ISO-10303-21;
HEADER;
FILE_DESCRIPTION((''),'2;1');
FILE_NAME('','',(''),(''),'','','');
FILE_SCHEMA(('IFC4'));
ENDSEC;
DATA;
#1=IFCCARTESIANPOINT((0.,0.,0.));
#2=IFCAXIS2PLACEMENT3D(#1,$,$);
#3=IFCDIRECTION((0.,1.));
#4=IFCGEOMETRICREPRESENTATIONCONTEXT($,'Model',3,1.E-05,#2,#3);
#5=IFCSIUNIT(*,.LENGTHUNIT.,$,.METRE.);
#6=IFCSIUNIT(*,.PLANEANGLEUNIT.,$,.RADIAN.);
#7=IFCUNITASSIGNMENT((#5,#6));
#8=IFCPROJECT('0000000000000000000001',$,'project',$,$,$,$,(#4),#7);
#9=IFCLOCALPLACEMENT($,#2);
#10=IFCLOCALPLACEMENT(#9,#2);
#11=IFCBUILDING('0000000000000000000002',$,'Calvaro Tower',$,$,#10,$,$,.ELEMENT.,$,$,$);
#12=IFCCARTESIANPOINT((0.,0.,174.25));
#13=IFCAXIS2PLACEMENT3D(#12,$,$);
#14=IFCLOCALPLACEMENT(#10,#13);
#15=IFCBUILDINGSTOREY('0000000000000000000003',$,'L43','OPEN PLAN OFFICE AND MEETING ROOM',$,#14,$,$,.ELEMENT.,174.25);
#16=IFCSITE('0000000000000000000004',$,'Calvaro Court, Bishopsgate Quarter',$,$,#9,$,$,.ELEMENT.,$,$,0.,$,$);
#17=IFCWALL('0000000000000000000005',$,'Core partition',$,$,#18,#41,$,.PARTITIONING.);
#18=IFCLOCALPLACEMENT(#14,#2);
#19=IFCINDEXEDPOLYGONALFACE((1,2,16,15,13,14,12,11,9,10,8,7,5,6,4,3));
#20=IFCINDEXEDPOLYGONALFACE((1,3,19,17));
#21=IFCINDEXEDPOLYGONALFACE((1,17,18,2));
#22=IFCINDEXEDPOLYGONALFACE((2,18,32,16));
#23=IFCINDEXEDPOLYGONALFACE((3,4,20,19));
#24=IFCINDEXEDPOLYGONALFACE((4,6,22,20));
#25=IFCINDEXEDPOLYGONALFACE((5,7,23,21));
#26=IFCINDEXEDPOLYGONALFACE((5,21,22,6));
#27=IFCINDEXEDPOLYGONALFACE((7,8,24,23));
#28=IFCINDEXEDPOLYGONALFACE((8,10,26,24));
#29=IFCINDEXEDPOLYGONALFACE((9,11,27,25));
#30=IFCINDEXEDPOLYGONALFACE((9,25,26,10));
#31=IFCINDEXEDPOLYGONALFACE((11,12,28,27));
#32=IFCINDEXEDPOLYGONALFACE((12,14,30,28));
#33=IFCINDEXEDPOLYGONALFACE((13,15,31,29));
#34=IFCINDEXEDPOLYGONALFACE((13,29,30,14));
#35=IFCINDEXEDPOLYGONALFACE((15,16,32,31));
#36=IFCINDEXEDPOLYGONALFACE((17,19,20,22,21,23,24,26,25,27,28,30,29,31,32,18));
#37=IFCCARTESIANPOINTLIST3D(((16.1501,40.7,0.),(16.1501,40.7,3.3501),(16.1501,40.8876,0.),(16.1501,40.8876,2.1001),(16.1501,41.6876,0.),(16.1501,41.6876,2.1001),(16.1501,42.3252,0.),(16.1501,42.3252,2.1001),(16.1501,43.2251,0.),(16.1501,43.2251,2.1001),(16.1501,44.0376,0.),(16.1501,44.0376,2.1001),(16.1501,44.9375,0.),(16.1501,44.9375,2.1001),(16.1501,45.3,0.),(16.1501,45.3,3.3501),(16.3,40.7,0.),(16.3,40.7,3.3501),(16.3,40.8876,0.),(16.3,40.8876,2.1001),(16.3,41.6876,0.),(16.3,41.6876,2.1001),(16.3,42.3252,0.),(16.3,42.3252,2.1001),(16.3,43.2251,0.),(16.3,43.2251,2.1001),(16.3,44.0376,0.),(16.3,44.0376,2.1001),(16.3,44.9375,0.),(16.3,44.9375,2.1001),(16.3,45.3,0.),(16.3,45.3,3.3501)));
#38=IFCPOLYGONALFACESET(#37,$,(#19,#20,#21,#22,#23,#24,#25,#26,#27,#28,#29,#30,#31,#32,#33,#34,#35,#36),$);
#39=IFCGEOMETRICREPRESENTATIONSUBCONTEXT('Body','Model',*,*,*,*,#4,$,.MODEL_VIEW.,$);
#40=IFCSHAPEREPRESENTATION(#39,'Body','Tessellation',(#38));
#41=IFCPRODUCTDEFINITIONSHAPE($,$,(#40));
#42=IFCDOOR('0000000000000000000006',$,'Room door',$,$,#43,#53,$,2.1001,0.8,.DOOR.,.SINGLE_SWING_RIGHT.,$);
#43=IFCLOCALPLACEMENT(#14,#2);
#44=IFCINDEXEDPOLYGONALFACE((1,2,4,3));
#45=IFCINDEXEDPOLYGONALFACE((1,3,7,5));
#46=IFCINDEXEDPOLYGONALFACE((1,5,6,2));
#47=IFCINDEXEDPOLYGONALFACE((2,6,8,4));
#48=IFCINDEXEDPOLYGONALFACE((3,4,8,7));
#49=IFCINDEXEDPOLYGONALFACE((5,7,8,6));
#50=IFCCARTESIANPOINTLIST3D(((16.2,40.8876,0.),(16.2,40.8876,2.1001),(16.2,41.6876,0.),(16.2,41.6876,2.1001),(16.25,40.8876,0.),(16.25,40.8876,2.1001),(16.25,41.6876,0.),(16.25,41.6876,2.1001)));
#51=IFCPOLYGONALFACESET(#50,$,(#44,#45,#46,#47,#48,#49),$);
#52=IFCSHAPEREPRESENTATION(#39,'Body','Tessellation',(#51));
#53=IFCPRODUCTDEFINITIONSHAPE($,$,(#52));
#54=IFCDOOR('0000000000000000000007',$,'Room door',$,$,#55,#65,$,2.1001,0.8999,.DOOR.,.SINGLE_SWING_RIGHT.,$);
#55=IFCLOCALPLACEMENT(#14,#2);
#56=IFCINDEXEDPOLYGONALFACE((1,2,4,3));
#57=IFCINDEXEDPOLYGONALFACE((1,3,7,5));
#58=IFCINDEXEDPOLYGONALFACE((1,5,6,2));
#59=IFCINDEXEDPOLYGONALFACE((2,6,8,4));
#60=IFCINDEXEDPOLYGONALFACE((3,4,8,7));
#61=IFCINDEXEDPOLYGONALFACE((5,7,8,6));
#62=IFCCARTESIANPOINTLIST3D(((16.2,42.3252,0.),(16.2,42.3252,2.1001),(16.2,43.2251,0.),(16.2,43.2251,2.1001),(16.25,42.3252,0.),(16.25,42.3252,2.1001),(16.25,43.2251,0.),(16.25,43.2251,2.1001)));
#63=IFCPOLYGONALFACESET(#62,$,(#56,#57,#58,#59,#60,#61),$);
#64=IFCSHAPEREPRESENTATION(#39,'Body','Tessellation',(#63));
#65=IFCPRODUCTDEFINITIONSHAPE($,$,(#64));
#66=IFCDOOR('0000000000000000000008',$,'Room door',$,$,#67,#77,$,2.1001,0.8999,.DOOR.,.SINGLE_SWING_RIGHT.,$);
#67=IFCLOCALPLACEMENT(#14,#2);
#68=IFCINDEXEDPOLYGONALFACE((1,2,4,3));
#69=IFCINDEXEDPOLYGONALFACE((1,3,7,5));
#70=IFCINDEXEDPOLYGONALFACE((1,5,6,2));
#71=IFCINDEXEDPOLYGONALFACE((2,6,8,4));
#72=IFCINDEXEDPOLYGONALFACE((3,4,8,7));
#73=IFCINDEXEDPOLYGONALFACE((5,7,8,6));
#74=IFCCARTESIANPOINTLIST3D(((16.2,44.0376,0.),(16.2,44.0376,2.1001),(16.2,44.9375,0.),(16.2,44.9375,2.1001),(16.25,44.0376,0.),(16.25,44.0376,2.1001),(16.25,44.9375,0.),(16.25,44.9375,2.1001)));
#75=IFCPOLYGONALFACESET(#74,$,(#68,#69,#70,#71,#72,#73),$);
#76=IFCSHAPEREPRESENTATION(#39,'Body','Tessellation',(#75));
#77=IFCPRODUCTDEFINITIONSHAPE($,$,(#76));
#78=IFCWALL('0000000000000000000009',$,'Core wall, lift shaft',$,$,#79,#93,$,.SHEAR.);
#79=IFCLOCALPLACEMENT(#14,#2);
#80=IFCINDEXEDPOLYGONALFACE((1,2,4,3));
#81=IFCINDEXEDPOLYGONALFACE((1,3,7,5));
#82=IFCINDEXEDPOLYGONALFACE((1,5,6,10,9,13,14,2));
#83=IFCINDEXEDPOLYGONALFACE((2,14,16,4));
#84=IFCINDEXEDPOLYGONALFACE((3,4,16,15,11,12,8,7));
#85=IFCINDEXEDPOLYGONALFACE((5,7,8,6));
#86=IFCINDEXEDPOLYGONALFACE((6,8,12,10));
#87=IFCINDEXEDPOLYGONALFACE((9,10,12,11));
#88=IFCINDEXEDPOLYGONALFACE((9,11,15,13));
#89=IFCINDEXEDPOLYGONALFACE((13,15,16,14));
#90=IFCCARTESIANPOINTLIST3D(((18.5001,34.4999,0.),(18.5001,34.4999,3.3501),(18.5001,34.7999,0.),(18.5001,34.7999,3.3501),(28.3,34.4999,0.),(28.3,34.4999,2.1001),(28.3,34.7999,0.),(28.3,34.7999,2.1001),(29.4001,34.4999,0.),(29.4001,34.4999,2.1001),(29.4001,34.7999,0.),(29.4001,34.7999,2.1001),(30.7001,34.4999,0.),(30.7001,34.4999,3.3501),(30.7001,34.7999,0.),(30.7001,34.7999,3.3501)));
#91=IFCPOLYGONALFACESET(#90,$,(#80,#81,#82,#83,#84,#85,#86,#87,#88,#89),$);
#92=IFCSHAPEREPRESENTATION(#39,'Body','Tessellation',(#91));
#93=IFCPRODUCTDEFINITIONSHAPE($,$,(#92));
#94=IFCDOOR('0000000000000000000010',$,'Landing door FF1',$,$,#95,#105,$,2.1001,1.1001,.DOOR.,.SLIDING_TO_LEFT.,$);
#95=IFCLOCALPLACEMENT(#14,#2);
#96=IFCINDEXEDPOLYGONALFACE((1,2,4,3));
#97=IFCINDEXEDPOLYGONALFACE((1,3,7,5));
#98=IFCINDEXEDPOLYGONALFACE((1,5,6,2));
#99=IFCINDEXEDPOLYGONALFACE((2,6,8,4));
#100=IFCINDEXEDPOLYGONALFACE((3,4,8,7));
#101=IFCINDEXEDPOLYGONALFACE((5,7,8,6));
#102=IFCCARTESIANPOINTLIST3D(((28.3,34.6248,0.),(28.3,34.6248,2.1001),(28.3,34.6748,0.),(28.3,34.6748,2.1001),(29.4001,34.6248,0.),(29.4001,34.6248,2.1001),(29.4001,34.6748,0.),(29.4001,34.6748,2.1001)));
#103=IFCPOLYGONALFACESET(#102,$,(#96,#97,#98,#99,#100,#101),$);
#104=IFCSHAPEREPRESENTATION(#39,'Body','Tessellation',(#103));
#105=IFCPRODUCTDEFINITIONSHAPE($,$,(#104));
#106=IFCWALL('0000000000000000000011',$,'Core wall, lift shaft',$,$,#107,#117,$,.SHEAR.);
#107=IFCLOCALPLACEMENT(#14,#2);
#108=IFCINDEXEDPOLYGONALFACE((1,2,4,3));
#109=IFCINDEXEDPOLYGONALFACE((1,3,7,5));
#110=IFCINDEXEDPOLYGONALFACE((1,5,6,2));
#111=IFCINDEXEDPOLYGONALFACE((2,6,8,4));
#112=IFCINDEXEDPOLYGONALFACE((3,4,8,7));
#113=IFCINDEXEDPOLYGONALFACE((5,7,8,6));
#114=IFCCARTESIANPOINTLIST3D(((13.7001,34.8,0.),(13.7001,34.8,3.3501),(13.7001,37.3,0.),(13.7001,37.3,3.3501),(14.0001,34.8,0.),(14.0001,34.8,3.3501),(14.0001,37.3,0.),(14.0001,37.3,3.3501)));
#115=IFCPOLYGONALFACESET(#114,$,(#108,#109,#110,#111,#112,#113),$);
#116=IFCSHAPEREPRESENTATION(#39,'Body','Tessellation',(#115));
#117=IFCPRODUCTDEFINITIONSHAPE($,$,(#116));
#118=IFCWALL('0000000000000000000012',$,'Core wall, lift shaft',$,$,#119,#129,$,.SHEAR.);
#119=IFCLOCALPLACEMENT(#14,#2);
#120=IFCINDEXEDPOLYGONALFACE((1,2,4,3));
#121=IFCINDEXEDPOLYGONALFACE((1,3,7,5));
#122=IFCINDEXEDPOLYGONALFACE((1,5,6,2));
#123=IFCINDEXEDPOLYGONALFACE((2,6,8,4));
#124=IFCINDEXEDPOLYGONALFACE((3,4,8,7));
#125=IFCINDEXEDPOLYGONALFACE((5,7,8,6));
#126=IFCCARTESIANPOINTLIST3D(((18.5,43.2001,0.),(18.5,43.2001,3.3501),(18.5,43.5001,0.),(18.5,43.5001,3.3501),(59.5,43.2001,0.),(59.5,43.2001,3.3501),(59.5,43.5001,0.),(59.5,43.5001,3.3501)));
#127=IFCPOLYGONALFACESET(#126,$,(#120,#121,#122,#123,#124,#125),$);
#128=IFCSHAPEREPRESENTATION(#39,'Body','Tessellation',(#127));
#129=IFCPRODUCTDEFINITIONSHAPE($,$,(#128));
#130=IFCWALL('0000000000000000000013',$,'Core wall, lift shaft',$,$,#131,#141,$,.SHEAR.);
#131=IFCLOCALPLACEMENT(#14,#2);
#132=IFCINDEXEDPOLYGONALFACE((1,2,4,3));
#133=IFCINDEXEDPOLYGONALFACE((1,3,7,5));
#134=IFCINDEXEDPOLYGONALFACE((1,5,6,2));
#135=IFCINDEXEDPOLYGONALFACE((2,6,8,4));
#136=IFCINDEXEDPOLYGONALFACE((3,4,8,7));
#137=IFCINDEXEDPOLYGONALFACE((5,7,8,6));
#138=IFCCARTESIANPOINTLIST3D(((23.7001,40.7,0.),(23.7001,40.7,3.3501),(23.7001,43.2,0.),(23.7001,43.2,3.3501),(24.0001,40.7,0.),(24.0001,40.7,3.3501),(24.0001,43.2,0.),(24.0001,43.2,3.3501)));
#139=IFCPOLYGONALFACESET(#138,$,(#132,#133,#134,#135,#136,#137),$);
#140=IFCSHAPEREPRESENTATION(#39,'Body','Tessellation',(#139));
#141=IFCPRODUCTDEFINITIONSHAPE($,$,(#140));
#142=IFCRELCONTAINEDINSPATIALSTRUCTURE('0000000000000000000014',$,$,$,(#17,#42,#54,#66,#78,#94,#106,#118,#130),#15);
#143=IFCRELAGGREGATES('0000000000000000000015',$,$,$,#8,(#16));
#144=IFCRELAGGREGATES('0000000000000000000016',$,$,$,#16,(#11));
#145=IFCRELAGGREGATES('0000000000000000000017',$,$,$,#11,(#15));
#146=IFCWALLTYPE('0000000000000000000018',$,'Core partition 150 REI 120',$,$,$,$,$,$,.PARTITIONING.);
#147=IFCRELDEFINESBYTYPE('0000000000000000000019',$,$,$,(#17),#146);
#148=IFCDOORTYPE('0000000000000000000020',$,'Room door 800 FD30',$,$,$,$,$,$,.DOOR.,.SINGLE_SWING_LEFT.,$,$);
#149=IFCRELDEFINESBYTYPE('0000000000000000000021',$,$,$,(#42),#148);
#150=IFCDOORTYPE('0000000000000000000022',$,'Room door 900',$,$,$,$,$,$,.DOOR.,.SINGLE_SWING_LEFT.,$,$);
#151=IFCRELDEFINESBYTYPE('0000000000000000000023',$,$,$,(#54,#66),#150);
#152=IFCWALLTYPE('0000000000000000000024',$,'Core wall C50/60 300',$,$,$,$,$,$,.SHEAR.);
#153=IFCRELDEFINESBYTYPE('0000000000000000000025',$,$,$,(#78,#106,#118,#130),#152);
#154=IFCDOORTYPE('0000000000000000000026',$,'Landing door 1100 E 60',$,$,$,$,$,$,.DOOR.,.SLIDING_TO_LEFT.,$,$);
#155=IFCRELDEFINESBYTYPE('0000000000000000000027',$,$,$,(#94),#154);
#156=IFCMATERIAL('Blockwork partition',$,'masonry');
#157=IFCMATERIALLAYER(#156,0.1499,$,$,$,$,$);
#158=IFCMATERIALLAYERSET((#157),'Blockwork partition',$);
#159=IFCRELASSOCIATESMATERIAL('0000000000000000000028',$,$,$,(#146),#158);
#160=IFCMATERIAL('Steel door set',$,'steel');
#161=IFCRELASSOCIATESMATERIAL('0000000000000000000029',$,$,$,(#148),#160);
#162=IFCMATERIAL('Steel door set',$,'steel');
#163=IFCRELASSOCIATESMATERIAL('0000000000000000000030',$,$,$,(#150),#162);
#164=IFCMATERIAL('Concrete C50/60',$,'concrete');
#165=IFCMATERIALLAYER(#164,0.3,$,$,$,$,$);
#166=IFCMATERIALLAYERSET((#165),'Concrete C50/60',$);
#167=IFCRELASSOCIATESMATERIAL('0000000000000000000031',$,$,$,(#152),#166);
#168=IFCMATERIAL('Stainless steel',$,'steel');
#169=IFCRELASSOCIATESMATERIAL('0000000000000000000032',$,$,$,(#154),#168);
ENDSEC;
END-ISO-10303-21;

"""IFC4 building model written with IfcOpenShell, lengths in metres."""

from ifc_helpers import new_model, si_unit, direction, frame, frame_2d, origin, place, context, subcontext, project, spatial, rectangle, extrude, material, layer, layer_set, type_object, element, fill, save


model = new_model("IFC4")

# Units and contexts
model_context = context("Model", 3, precision=1e-05, world=origin(), true_north=direction((0.0, 1.0)))
body_context = subcontext(model_context, "Body", "Model", "MODEL_VIEW")
ifc_project = project(units=[si_unit("LENGTHUNIT", "METRE"), si_unit("PLANEANGLEUNIT", "RADIAN")], contexts=[model_context])

# Site, building, storey
site_placement = place(None, origin())
site = spatial("IfcSite", under=ifc_project, at=site_placement, Name="Calvaro Court, Bishopsgate Quarter", CompositionType="ELEMENT", RefElevation=0.0)
building_placement = place(site_placement, origin())
building = spatial("IfcBuilding", under=site, at=building_placement, Name="Calvaro Tower", CompositionType="ELEMENT")
storey_placement = place(building_placement, frame((0.0, 0.0, 174.25)))
storey = spatial("IfcBuildingStorey", under=building, at=storey_placement, Name="L43", Description="OPEN PLAN OFFICE AND MEETING ROOM", CompositionType="ELEMENT", Elevation=174.25)

# Wall, openings, doors
ifc_material_1 = material(Name="Blockwork partition", Category="masonry")
ifc_layer_1 = layer(ifc_material_1, 0.1499)
ifc_layer_set_1 = layer_set([ifc_layer_1], Name="Blockwork partition")
wall_type_1 = type_object("IfcWallType", Name="Core partition 150 REI 120", PredefinedType="PARTITIONING", material=ifc_layer_set_1)
wall_1_placement = place(storey_placement, frame((16.2251, 45.3, 0.0), z_axis=(0.0, 0.0, 1.0), x_axis=(0.0, -1.0, 0.0)))
wall_1 = element("IfcWall", 1, at=wall_1_placement, inside=storey, type_object=wall_type_1, Name="Core partition", PredefinedType="PARTITIONING", context=body_context, shape_type="SweptSolid", body=[
    extrude(rectangle(XDim=4.6001, YDim=0.1499, at=frame_2d((2.3, 0.0))), origin(), (0.0, 0.0, 1.0), 3.3501),
])
opening_1_placement = place(wall_1_placement, frame((3.6125, 0.0, 0.0)))
opening_1 = element("IfcOpeningElement", 2, at=opening_1_placement, cuts=wall_1, PredefinedType="OPENING", context=body_context, shape_type="SweptSolid", body=[
    extrude(rectangle(XDim=0.8, YDim=2.1001, at=frame_2d((0.3999, 1.05))), frame((0.0, 0.085, 0.0), z_axis=(0.0, -1.0, 0.0), x_axis=(1.0, 0.0, 0.0)), (0.0, 0.0, 1.0), 0.1699),
])
opening_2_placement = place(wall_1_placement, frame((2.075, 0.0, 0.0)))
opening_2 = element("IfcOpeningElement", 3, at=opening_2_placement, cuts=wall_1, PredefinedType="OPENING", context=body_context, shape_type="SweptSolid", body=[
    extrude(rectangle(XDim=0.8999, YDim=2.1001, at=frame_2d((0.45, 1.05))), frame((0.0, 0.085, 0.0), z_axis=(0.0, -1.0, 0.0), x_axis=(1.0, 0.0, 0.0)), (0.0, 0.0, 1.0), 0.1699),
])
opening_3_placement = place(wall_1_placement, frame((0.3625, 0.0, 0.0)))
opening_3 = element("IfcOpeningElement", 4, at=opening_3_placement, cuts=wall_1, PredefinedType="OPENING", context=body_context, shape_type="SweptSolid", body=[
    extrude(rectangle(XDim=0.8999, YDim=2.1001, at=frame_2d((0.45, 1.05))), frame((0.0, 0.085, 0.0), z_axis=(0.0, -1.0, 0.0), x_axis=(1.0, 0.0, 0.0)), (0.0, 0.0, 1.0), 0.1699),
])
ifc_material_2 = material(Name="Steel door set", Category="steel")
door_type_1 = type_object("IfcDoorType", Name="Room door 800 FD30", OperationType="SINGLE_SWING_LEFT", PredefinedType="DOOR", material=ifc_material_2)
door_1_placement = place(opening_1_placement, origin())
door_1 = element("IfcDoor", 5, at=door_1_placement, inside=storey, type_object=door_type_1, Name="Room door", OperationType="SINGLE_SWING_RIGHT", OverallHeight=2.1001, OverallWidth=0.8, PredefinedType="DOOR", context=body_context, shape_type="SweptSolid", body=[
    extrude(rectangle(XDim=0.8, YDim=2.1001, at=frame_2d((0.3999, 1.05))), frame((0.0, 0.0249, 0.0), z_axis=(0.0, -1.0, 0.0), x_axis=(1.0, 0.0, 0.0)), (0.0, 0.0, 1.0), 0.05),
])
fill(opening_1, door_1)
ifc_material_3 = material(Name="Steel door set", Category="steel")
door_type_2 = type_object("IfcDoorType", Name="Room door 900", OperationType="SINGLE_SWING_LEFT", PredefinedType="DOOR", material=ifc_material_3)
door_2_placement = place(opening_2_placement, origin())
door_2 = element("IfcDoor", 6, at=door_2_placement, inside=storey, type_object=door_type_2, Name="Room door", OperationType="SINGLE_SWING_RIGHT", OverallHeight=2.1001, OverallWidth=0.8999, PredefinedType="DOOR", context=body_context, shape_type="SweptSolid", body=[
    extrude(rectangle(XDim=0.8999, YDim=2.1001, at=frame_2d((0.45, 1.05))), frame((0.0, 0.0249, 0.0), z_axis=(0.0, -1.0, 0.0), x_axis=(1.0, 0.0, 0.0)), (0.0, 0.0, 1.0), 0.05),
])
fill(opening_2, door_2)
door_3_placement = place(opening_3_placement, origin())
door_3 = element("IfcDoor", 7, at=door_3_placement, inside=storey, type_object=door_type_2, Name="Room door", OperationType="SINGLE_SWING_RIGHT", OverallHeight=2.1001, OverallWidth=0.8999, PredefinedType="DOOR", context=body_context, shape_type="SweptSolid", body=[
    extrude(rectangle(XDim=0.8999, YDim=2.1001, at=frame_2d((0.45, 1.05))), frame((0.0, 0.0249, 0.0), z_axis=(0.0, -1.0, 0.0), x_axis=(1.0, 0.0, 0.0)), (0.0, 0.0, 1.0), 0.05),
])
fill(opening_3, door_3)

# Wall, opening, door
ifc_material_4 = material(Name="Concrete C50/60", Category="concrete")
ifc_layer_2 = layer(ifc_material_4, 0.3)
ifc_layer_set_2 = layer_set([ifc_layer_2], Name="Concrete C50/60")
wall_type_2 = type_object("IfcWallType", Name="Core wall C50/60 300", PredefinedType="SHEAR", material=ifc_layer_set_2)
wall_2_placement = place(storey_placement, frame((18.5, 34.6499, 0.0), z_axis=(0.0, 0.0, 1.0), x_axis=(1.0, 0.0, 0.0)))
wall_2 = element("IfcWall", 8, at=wall_2_placement, inside=storey, type_object=wall_type_2, Name="Core wall, lift shaft", PredefinedType="SHEAR", context=body_context, shape_type="SweptSolid", body=[
    extrude(rectangle(XDim=12.2, YDim=0.3, at=frame_2d((6.1001, 0.0))), origin(), (0.0, 0.0, 1.0), 3.3501),
])
opening_4_placement = place(wall_2_placement, frame((9.8, 0.0, 0.0)))
opening_4 = element("IfcOpeningElement", 9, at=opening_4_placement, cuts=wall_2, PredefinedType="OPENING", context=body_context, shape_type="SweptSolid", body=[
    extrude(rectangle(XDim=1.1001, YDim=2.1001, at=frame_2d((0.55, 1.05))), frame((0.0, 0.1599, 0.0), z_axis=(0.0, -1.0, 0.0), x_axis=(1.0, 0.0, 0.0)), (0.0, 0.0, 1.0), 0.3201),
])
ifc_material_5 = material(Name="Stainless steel", Category="steel")
door_type_3 = type_object("IfcDoorType", Name="Landing door 1100 E 60", OperationType="SLIDING_TO_LEFT", PredefinedType="DOOR", material=ifc_material_5)
door_4_placement = place(opening_4_placement, origin())
door_4 = element("IfcDoor", 10, at=door_4_placement, inside=storey, type_object=door_type_3, Name="Landing door FF1", OperationType="SLIDING_TO_LEFT", OverallHeight=2.1001, OverallWidth=1.1001, PredefinedType="DOOR", context=body_context, shape_type="SweptSolid", body=[
    extrude(rectangle(XDim=1.1001, YDim=2.1001, at=frame_2d((0.55, 1.05))), frame((0.0, 0.0249, 0.0), z_axis=(0.0, -1.0, 0.0), x_axis=(1.0, 0.0, 0.0)), (0.0, 0.0, 1.0), 0.05),
])
fill(opening_4, door_4)

# Wall
wall_3_placement = place(storey_placement, frame((13.8501, 34.8, 0.0), z_axis=(0.0, 0.0, 1.0), x_axis=(0.0, 1.0, 0.0)))
element("IfcWall", 11, at=wall_3_placement, inside=storey, type_object=wall_type_2, Name="Core wall, lift shaft", PredefinedType="SHEAR", context=body_context, shape_type="SweptSolid", body=[
    extrude(rectangle(XDim=2.5, YDim=0.3, at=frame_2d((1.25, 0.0))), origin(), (0.0, 0.0, 1.0), 3.3501),
])

# Walls
wall_4_placement = place(storey_placement, frame((18.5, 43.3501, 0.0), z_axis=(0.0, 0.0, 1.0), x_axis=(1.0, 0.0, 0.0)))
element("IfcWall", 12, at=wall_4_placement, inside=storey, type_object=wall_type_2, Name="Core wall, lift shaft", PredefinedType="SHEAR", context=body_context, shape_type="SweptSolid", body=[
    extrude(rectangle(XDim=41.0, YDim=0.3, at=frame_2d((20.5, 0.0))), origin(), (0.0, 0.0, 1.0), 3.3501),
])
wall_5_placement = place(storey_placement, frame((23.8501, 40.7, 0.0), z_axis=(0.0, 0.0, 1.0), x_axis=(0.0, 1.0, 0.0)))
element("IfcWall", 13, at=wall_5_placement, inside=storey, type_object=wall_type_2, Name="Core wall, lift shaft", PredefinedType="SHEAR", context=body_context, shape_type="SweptSolid", body=[
    extrude(rectangle(XDim=2.5, YDim=0.3, at=frame_2d((1.25, 0.0))), origin(), (0.0, 0.0, 1.0), 3.3501),
])

save(model, "model.ifc")
